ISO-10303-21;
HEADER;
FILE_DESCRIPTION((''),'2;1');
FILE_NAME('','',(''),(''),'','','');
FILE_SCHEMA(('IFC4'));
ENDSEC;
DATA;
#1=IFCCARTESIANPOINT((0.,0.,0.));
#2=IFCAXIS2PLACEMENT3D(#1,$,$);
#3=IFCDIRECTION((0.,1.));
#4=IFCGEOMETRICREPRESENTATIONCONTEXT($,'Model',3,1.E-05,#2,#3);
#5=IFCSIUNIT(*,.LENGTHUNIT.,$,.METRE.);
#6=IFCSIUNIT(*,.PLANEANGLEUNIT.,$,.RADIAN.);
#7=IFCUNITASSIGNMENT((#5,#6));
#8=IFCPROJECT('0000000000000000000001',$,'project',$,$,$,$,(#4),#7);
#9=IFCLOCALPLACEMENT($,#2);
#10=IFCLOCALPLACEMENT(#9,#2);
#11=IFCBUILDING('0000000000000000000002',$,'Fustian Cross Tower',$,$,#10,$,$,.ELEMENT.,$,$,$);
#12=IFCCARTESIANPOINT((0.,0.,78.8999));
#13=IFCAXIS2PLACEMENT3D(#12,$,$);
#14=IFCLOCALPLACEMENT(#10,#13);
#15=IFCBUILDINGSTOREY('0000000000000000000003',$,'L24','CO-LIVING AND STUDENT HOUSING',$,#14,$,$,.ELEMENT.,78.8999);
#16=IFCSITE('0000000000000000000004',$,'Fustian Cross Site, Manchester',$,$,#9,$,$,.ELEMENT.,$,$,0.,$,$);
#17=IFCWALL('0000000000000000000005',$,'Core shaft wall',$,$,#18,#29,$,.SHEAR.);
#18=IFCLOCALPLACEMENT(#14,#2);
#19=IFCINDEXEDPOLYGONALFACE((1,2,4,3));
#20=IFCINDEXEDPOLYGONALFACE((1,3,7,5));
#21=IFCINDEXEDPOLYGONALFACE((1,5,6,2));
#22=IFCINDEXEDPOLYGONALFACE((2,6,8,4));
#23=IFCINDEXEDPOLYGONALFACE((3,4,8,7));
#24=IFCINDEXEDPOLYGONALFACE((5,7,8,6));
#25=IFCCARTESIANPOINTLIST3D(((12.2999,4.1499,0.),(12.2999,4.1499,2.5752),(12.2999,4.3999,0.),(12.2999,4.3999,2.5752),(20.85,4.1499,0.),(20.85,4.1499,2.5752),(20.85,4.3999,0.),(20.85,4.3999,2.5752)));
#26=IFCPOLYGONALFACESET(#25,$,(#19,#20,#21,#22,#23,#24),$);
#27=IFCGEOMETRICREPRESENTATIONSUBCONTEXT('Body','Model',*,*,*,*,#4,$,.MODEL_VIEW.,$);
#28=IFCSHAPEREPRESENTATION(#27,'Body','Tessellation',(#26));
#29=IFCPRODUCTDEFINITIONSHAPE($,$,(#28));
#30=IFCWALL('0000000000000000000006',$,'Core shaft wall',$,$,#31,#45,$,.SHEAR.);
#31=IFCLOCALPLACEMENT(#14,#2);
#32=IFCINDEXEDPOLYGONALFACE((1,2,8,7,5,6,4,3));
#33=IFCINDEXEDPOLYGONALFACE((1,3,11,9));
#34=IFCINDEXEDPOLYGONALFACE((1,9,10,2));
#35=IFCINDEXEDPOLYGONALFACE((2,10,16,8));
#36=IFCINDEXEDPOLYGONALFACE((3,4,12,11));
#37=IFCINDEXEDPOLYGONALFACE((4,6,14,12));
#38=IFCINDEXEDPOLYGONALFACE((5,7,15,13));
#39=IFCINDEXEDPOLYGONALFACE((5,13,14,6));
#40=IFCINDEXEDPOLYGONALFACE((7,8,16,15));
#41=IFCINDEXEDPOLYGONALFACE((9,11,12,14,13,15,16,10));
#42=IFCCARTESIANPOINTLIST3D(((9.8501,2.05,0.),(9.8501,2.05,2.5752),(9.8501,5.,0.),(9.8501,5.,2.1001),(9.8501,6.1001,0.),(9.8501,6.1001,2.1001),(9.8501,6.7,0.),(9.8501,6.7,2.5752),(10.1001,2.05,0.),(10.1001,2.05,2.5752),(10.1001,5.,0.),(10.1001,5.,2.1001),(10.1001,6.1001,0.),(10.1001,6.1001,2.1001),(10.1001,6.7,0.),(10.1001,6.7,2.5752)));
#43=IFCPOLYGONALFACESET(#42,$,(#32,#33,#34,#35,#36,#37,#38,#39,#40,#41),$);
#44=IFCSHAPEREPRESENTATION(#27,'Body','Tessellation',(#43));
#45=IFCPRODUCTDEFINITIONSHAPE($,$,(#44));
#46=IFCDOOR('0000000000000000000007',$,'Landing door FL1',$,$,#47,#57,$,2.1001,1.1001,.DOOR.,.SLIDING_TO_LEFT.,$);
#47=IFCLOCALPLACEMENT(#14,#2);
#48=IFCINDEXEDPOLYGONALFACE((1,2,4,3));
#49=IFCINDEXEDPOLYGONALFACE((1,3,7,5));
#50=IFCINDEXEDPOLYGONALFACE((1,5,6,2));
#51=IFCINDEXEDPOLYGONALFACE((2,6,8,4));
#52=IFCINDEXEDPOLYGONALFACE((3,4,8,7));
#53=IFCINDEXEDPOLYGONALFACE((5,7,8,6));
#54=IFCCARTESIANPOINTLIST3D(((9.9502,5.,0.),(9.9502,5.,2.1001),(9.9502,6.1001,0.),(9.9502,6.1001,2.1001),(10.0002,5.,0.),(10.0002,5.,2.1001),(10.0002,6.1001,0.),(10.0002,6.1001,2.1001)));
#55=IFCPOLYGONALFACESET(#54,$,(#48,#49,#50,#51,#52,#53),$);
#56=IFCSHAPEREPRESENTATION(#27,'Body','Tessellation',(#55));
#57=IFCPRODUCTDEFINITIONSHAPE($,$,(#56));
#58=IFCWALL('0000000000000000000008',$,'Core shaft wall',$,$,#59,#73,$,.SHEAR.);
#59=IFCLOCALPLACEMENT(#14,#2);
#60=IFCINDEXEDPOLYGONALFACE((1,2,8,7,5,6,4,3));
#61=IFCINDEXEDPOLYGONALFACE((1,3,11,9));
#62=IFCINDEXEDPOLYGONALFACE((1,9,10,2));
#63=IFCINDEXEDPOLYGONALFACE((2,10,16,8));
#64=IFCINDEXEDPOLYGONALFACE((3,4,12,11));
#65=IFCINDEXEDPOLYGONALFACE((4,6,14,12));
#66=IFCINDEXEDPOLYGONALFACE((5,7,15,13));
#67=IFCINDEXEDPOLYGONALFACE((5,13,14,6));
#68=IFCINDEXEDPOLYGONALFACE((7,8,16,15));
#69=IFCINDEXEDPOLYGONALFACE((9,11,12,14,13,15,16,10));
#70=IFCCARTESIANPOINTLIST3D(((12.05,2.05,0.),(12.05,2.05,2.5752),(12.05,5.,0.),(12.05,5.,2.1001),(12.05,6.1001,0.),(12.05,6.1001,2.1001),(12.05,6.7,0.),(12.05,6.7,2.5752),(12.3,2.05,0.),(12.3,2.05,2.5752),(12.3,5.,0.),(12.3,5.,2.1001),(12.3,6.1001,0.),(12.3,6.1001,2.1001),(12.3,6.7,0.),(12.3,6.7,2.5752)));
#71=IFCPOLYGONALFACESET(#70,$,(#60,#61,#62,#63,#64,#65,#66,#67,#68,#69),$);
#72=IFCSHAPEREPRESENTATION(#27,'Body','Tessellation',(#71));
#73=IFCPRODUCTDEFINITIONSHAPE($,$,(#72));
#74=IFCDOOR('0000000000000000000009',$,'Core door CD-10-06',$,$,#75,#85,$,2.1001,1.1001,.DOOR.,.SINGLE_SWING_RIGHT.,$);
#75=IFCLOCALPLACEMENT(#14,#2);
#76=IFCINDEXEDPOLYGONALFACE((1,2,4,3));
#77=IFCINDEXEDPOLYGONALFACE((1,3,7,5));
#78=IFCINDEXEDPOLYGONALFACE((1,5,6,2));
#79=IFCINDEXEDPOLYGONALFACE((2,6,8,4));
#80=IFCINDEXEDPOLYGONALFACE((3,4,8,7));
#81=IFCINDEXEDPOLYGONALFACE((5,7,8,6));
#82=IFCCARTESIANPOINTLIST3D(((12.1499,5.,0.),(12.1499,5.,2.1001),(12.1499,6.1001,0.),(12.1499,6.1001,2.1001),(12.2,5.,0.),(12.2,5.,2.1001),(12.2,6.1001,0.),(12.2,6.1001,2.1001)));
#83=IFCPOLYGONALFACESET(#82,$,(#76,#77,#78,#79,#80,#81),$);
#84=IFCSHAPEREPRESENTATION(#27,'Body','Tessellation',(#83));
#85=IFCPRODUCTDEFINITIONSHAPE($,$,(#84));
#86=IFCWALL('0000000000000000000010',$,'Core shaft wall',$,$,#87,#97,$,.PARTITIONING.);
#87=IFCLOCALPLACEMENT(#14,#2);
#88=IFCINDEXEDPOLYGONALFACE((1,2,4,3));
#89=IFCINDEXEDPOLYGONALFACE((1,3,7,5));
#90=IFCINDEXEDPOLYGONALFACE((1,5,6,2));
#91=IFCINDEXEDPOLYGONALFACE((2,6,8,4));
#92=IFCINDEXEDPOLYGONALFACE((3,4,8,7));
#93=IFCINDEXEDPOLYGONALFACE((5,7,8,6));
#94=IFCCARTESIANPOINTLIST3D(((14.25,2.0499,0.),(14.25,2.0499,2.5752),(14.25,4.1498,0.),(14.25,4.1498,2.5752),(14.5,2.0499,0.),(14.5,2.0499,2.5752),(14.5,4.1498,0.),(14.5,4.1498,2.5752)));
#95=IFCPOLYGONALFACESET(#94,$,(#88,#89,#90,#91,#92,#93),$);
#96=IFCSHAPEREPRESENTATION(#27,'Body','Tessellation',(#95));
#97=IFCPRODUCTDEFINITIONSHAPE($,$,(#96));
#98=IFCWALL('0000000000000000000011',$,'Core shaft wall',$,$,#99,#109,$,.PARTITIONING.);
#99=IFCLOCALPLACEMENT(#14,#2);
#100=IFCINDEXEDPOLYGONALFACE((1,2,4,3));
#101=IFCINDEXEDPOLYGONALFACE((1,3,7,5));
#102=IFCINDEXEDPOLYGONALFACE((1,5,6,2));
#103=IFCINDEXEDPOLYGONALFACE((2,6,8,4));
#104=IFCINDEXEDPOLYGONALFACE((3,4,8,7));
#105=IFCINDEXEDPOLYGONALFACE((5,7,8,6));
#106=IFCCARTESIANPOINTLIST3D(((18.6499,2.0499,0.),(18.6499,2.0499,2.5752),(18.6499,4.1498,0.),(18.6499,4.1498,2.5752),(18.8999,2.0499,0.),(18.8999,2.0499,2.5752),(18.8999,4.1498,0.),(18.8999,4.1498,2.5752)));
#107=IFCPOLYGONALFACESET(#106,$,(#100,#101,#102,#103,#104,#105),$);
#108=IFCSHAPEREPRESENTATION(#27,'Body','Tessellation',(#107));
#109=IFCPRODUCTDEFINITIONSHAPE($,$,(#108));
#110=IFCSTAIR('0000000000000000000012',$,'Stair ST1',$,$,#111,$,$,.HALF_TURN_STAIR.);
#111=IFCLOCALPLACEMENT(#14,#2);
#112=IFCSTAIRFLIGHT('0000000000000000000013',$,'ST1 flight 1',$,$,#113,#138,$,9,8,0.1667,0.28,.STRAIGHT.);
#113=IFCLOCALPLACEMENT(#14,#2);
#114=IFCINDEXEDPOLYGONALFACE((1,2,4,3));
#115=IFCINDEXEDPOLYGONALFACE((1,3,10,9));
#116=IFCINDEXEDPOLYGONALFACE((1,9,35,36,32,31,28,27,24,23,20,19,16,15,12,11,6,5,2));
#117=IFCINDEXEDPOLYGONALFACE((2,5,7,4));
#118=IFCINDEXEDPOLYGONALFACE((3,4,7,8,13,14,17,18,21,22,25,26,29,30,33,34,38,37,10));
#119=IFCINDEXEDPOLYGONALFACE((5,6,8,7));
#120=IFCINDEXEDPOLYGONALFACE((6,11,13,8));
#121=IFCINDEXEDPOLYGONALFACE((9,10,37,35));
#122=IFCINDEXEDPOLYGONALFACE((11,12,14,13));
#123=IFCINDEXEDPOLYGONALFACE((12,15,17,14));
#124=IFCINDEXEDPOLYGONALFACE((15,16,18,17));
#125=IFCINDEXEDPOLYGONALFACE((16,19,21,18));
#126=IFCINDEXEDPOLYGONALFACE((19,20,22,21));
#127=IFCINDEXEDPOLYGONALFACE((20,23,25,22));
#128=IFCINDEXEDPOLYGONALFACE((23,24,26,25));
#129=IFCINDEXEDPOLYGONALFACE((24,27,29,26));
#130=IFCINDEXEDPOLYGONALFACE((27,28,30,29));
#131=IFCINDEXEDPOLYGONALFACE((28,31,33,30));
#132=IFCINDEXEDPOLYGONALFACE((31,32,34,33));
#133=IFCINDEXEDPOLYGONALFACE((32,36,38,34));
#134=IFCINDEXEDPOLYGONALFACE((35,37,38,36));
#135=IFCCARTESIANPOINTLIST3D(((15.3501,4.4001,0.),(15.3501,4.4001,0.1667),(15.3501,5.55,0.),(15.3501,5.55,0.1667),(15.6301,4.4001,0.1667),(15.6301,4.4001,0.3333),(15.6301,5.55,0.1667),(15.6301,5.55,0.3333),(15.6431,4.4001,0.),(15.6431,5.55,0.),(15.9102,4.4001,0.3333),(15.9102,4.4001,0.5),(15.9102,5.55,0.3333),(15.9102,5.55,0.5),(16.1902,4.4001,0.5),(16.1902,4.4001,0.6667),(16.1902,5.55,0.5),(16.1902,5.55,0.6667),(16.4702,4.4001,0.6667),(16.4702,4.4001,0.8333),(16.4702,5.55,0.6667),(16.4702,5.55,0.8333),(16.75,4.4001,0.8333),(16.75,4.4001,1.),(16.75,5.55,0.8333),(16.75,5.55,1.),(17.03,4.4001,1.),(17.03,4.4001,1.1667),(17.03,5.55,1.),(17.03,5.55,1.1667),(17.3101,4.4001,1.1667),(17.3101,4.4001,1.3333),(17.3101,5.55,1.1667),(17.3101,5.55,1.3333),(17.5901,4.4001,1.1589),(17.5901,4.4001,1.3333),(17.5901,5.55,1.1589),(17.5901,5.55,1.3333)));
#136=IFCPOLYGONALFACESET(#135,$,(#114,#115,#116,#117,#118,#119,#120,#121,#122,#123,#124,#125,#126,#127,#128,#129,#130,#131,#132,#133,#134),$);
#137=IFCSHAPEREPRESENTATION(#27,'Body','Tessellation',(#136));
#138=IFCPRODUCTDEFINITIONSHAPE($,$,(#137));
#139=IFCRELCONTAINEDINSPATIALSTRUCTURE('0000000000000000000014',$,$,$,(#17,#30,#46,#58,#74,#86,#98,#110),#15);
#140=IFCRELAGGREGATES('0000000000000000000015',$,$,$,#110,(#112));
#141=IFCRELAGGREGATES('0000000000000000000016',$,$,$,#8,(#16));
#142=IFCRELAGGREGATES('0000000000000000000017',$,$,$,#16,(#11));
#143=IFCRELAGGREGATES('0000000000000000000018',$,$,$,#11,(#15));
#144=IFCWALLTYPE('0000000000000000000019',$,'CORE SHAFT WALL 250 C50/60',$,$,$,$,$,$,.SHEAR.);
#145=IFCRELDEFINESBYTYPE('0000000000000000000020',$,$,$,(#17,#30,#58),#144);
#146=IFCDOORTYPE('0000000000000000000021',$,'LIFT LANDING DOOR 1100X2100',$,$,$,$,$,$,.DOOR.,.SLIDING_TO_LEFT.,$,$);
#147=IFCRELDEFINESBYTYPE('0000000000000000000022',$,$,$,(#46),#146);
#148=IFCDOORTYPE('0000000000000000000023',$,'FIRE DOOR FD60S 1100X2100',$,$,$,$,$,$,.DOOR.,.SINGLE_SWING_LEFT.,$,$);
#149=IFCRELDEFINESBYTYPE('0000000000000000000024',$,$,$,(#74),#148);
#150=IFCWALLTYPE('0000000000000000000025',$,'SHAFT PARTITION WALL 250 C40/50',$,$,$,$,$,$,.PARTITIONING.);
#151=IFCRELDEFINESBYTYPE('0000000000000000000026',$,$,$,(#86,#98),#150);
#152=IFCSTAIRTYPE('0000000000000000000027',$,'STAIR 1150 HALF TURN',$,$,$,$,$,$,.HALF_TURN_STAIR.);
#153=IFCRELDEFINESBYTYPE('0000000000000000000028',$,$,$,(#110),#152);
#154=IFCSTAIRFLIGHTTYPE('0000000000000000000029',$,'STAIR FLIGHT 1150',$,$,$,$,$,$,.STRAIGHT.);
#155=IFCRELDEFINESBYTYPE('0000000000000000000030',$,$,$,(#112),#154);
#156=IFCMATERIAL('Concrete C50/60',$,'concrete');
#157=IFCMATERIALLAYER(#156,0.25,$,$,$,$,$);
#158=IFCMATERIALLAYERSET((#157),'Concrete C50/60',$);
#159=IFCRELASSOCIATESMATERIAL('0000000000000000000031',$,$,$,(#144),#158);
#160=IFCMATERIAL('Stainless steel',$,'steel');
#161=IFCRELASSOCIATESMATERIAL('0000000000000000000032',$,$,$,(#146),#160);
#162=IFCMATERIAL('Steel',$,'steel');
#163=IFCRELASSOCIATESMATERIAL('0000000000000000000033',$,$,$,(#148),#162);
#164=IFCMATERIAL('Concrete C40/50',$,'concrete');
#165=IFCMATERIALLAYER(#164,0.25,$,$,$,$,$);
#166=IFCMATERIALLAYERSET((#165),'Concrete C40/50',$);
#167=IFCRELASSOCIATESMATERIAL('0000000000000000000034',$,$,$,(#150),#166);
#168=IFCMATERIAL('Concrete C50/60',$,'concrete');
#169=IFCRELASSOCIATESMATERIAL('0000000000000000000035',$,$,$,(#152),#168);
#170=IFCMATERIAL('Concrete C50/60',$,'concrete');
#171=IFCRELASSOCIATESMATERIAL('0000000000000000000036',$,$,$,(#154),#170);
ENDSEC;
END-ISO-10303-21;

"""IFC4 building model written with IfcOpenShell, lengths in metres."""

from ifc_helpers import new_model, si_unit, direction, frame, frame_2d, origin, place, context, subcontext, project, spatial, polyline, rectangle, outline, extrude, material, layer, layer_set, type_object, element, fill, aggregate, save


model = new_model("IFC4")

# Units and contexts
model_context = context("Model", 3, precision=1e-05, world=origin(), true_north=direction((0.0, 1.0)))
body_context = subcontext(model_context, "Body", "Model", "MODEL_VIEW")
ifc_project = project(units=[si_unit("LENGTHUNIT", "METRE"), si_unit("PLANEANGLEUNIT", "RADIAN")], contexts=[model_context])

# Site, building, storey
site_placement = place(None, origin())
site = spatial("IfcSite", under=ifc_project, at=site_placement, Name="Fustian Cross Site, Manchester", CompositionType="ELEMENT", RefElevation=0.0)
building_placement = place(site_placement, origin())
building = spatial("IfcBuilding", under=site, at=building_placement, Name="Fustian Cross Tower", CompositionType="ELEMENT")
storey_placement = place(building_placement, frame((0.0, 0.0, 78.8999)))
storey = spatial("IfcBuildingStorey", under=building, at=storey_placement, Name="L24", Description="CO-LIVING AND STUDENT HOUSING", CompositionType="ELEMENT", Elevation=78.8999)

# Wall
ifc_material_1 = material(Name="Concrete C50/60", Category="concrete")
ifc_layer_1 = layer(ifc_material_1, 0.25)
ifc_layer_set_1 = layer_set([ifc_layer_1], Name="Concrete C50/60")
wall_type_1 = type_object("IfcWallType", Name="CORE SHAFT WALL 250 C50/60", PredefinedType="SHEAR", material=ifc_layer_set_1)
wall_1_placement = place(storey_placement, frame((12.3, 4.2749, 0.0), z_axis=(0.0, 0.0, 1.0), x_axis=(1.0, 0.0, 0.0)))
element("IfcWall", 1, at=wall_1_placement, inside=storey, type_object=wall_type_1, Name="Core shaft wall", PredefinedType="SHEAR", context=body_context, shape_type="SweptSolid", body=[
    extrude(rectangle(XDim=8.55, YDim=0.25, at=frame_2d((4.2749, 0.0))), origin(), (0.0, 0.0, 1.0), 2.5752),
])

# Walls, openings, doors
wall_2_placement = place(storey_placement, frame((9.9751, 2.05, 0.0), z_axis=(0.0, 0.0, 1.0), x_axis=(0.0, 1.0, 0.0)))
wall_2 = element("IfcWall", 2, at=wall_2_placement, inside=storey, type_object=wall_type_1, Name="Core shaft wall", PredefinedType="SHEAR", context=body_context, shape_type="SweptSolid", body=[
    extrude(rectangle(XDim=4.6499, YDim=0.25, at=frame_2d((2.325, 0.0))), origin(), (0.0, 0.0, 1.0), 2.5752),
])
opening_1_placement = place(wall_2_placement, frame((2.95, 0.0, 0.0)))
opening_1 = element("IfcOpeningElement", 3, at=opening_1_placement, cuts=wall_2, PredefinedType="OPENING", context=body_context, shape_type="SweptSolid", body=[
    extrude(rectangle(XDim=1.1001, YDim=2.1001, at=frame_2d((0.55, 1.05))), frame((0.0, 0.135, 0.0), z_axis=(0.0, -1.0, 0.0), x_axis=(1.0, 0.0, 0.0)), (0.0, 0.0, 1.0), 0.27),
])
ifc_material_2 = material(Name="Stainless steel", Category="steel")
door_type_1 = type_object("IfcDoorType", Name="LIFT LANDING DOOR 1100X2100", OperationType="SLIDING_TO_LEFT", PredefinedType="DOOR", material=ifc_material_2)
door_1_placement = place(opening_1_placement, origin())
door_1 = element("IfcDoor", 4, at=door_1_placement, inside=storey, type_object=door_type_1, Name="Landing door FL1", OperationType="SLIDING_TO_LEFT", OverallHeight=2.1001, OverallWidth=1.1001, PredefinedType="DOOR", context=body_context, shape_type="SweptSolid", body=[
    extrude(rectangle(XDim=1.1001, YDim=2.1001, at=frame_2d((0.55, 1.05))), frame((0.0, 0.0249, 0.0), z_axis=(0.0, -1.0, 0.0), x_axis=(1.0, 0.0, 0.0)), (0.0, 0.0, 1.0), 0.05),
])
fill(opening_1, door_1)
wall_3_placement = place(storey_placement, frame((12.175, 2.05, 0.0), z_axis=(0.0, 0.0, 1.0), x_axis=(0.0, 1.0, 0.0)))
wall_3 = element("IfcWall", 5, at=wall_3_placement, inside=storey, type_object=wall_type_1, Name="Core shaft wall", PredefinedType="SHEAR", context=body_context, shape_type="SweptSolid", body=[
    extrude(rectangle(XDim=4.6499, YDim=0.25, at=frame_2d((2.325, 0.0))), origin(), (0.0, 0.0, 1.0), 2.5752),
])
opening_2_placement = place(wall_3_placement, frame((2.95, 0.0, 0.0)))
opening_2 = element("IfcOpeningElement", 6, at=opening_2_placement, cuts=wall_3, PredefinedType="OPENING", context=body_context, shape_type="SweptSolid", body=[
    extrude(rectangle(XDim=1.1001, YDim=2.1001, at=frame_2d((0.55, 1.05))), frame((0.0, 0.135, 0.0), z_axis=(0.0, -1.0, 0.0), x_axis=(1.0, 0.0, 0.0)), (0.0, 0.0, 1.0), 0.27),
])
ifc_material_3 = material(Name="Steel", Category="steel")
door_type_2 = type_object("IfcDoorType", Name="FIRE DOOR FD60S 1100X2100", OperationType="SINGLE_SWING_LEFT", PredefinedType="DOOR", material=ifc_material_3)
door_2_placement = place(opening_2_placement, frame((1.1001, 0.0, 0.0), z_axis=(0.0, 0.0, 1.0), x_axis=(-1.0, 0.0, 0.0)))
door_2 = element("IfcDoor", 7, at=door_2_placement, inside=storey, type_object=door_type_2, Name="Core door CD-10-06", OperationType="SINGLE_SWING_RIGHT", OverallHeight=2.1001, OverallWidth=1.1001, PredefinedType="DOOR", context=body_context, shape_type="SweptSolid", body=[
    extrude(rectangle(XDim=1.1001, YDim=2.1001, at=frame_2d((0.55, 1.05))), frame((0.0, 0.0249, 0.0), z_axis=(0.0, -1.0, 0.0), x_axis=(1.0, 0.0, 0.0)), (0.0, 0.0, 1.0), 0.05),
])
fill(opening_2, door_2)

# Walls
ifc_material_4 = material(Name="Concrete C40/50", Category="concrete")
ifc_layer_2 = layer(ifc_material_4, 0.25)
ifc_layer_set_2 = layer_set([ifc_layer_2], Name="Concrete C40/50")
wall_type_2 = type_object("IfcWallType", Name="SHAFT PARTITION WALL 250 C40/50", PredefinedType="PARTITIONING", material=ifc_layer_set_2)
for number, where, z_axis, x_axis, name in (
    (8, (14.375, 2.05, 0.0), (0.0, 0.0, 1.0), (0.0, 1.0, 0.0), "Core shaft wall"),
    (9, (18.7749, 2.05, 0.0), (0.0, 0.0, 1.0), (0.0, 1.0, 0.0), "Core shaft wall"),
):
    element("IfcWall", number, at=place(storey_placement, frame(where, z_axis=z_axis, x_axis=x_axis)), inside=storey, type_object=wall_type_2, Name=name, PredefinedType="PARTITIONING", context=body_context, shape_type="SweptSolid", body=[
        extrude(rectangle(XDim=2.0999, YDim=0.25, at=frame_2d((1.0498, 0.0))), origin(), (0.0, 0.0, 1.0), 2.5752),
    ])

# Stair, stair flight
ifc_material_5 = material(Name="Concrete C50/60", Category="concrete")
stair_type = type_object("IfcStairType", Name="STAIR 1150 HALF TURN", PredefinedType="HALF_TURN_STAIR", material=ifc_material_5)
stair_placement = place(storey_placement, origin())
stair = element("IfcStair", 10, at=stair_placement, inside=storey, type_object=stair_type, Name="Stair ST1", PredefinedType="HALF_TURN_STAIR")
ifc_material_6 = material(Name="Concrete C50/60", Category="concrete")
stair_flight_type = type_object("IfcStairFlightType", Name="STAIR FLIGHT 1150", PredefinedType="STRAIGHT", material=ifc_material_6)
stair_flight_placement = place(storey_placement, frame((15.3501, 4.9751, 0.0), z_axis=(0.0, 0.0, 1.0), x_axis=(1.0, 0.0, 0.0)))
stair_flight = element("IfcStairFlight", 11, at=stair_flight_placement, type_object=stair_flight_type, Name="ST1 flight 1", NumberOfRisers=9, NumberOfTreads=8, PredefinedType="STRAIGHT", RiserHeight=0.1667, TreadLength=0.28, context=body_context, shape_type="SweptSolid", body=[
    extrude(outline(polyline([(0.0, 0.0), (0.0, 0.1667), (0.28, 0.1667), (0.28, 0.3333), (0.5601, 0.3333), (0.5601, 0.5), (0.8401, 0.5), (0.8401, 0.6667), (1.1201, 0.6667), (1.1201, 0.8333), (1.3999, 0.8333), (1.3999, 1.0), (1.6799, 1.0), (1.6799, 1.1667), (1.96, 1.1667), (1.96, 1.3333), (2.24, 1.3333), (2.24, 1.5), (2.24, 1.1589), (0.293, 0.0), (0.0, 0.0)])), frame((0.0, 0.575, 0.0), z_axis=(0.0, -1.0, 0.0), x_axis=(1.0, 0.0, 0.0)), (0.0, 0.0, 1.0), 1.1499),
])
aggregate(stair, [stair_flight])

save(model, "model.ifc")
